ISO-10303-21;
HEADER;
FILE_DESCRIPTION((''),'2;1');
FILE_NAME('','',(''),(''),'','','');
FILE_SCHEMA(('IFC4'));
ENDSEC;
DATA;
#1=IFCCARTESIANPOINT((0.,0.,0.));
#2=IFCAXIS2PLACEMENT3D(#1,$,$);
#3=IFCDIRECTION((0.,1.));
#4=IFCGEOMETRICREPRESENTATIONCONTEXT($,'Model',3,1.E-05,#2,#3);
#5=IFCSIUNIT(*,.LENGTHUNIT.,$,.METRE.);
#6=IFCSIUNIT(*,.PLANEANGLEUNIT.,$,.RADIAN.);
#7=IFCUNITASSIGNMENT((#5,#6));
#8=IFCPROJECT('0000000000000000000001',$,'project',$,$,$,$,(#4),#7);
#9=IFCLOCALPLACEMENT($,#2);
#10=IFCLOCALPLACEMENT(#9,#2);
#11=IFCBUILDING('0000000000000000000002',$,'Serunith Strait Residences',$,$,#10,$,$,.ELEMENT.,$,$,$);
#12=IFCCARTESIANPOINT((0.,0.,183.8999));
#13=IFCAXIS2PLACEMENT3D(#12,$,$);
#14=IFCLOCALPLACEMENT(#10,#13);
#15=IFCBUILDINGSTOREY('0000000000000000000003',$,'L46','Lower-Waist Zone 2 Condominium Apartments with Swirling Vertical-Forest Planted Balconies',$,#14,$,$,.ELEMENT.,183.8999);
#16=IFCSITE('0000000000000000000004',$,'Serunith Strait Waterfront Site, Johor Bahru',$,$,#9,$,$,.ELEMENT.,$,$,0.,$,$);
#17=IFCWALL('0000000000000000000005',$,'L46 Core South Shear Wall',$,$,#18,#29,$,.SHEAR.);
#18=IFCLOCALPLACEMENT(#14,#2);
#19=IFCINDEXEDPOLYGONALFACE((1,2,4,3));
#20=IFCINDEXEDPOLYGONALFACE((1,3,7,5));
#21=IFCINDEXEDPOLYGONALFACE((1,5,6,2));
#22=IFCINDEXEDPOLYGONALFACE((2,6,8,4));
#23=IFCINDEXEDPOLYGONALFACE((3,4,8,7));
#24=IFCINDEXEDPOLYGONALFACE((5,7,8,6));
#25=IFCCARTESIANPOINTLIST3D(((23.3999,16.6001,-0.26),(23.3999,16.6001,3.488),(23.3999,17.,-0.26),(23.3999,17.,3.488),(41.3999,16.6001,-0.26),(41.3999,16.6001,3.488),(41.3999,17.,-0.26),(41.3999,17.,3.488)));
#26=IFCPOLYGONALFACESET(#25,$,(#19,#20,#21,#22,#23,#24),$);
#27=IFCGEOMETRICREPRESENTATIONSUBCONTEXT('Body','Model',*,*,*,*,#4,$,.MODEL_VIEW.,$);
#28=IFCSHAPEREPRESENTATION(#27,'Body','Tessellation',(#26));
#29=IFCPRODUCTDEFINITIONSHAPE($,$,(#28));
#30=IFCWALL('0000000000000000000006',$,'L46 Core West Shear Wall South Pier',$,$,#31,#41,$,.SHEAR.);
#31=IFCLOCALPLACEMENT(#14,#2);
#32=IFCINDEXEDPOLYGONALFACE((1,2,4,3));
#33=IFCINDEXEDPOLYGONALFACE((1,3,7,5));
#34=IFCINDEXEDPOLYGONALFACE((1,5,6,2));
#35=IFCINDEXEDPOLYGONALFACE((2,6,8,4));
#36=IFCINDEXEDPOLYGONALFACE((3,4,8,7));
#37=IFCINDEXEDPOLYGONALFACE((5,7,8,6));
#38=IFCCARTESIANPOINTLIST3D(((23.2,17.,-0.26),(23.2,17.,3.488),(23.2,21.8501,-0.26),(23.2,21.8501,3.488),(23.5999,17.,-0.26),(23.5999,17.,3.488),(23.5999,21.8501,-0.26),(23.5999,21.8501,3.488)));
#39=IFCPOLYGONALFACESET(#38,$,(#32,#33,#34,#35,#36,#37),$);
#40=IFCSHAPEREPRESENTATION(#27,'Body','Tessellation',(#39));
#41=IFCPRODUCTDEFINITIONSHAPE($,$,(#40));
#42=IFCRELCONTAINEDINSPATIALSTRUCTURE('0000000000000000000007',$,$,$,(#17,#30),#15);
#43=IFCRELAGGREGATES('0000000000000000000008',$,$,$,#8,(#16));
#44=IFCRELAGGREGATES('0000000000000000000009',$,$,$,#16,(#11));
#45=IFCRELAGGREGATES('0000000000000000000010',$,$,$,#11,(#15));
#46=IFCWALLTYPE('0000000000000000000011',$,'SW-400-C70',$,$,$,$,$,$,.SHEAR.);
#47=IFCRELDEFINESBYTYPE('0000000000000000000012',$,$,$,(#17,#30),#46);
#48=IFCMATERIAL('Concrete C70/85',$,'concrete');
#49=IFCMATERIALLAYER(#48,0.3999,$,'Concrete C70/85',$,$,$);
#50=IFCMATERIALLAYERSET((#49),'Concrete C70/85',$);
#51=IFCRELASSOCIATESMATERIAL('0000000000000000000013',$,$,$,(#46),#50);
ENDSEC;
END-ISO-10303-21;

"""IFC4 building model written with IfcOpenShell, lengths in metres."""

from ifc_helpers import new_model, si_unit, direction, frame, frame_2d, origin, place, context, subcontext, project, spatial, rectangle, extrude, material, layer, layer_set, type_object, element, save


model = new_model("IFC4")

# Units and contexts
model_context = context("Model", 3, precision=1e-05, world=origin(), true_north=direction((0.0, 1.0)))
body_context = subcontext(model_context, "Body", "Model", "MODEL_VIEW")
ifc_project = project(units=[si_unit("LENGTHUNIT", "METRE"), si_unit("PLANEANGLEUNIT", "RADIAN")], contexts=[model_context])

# Site, building, storey
site_placement = place(None, origin())
site = spatial("IfcSite", under=ifc_project, at=site_placement, Name="Serunith Strait Waterfront Site, Johor Bahru", CompositionType="ELEMENT", RefElevation=0.0)
building_placement = place(site_placement, origin())
building = spatial("IfcBuilding", under=site, at=building_placement, Name="Serunith Strait Residences", CompositionType="ELEMENT")
storey_placement = place(building_placement, frame((0.0, 0.0, 183.8999)))
storey = spatial("IfcBuildingStorey", under=building, at=storey_placement, Name="L46", Description="Lower-Waist Zone 2 Condominium Apartments with Swirling Vertical-Forest Planted Balconies", CompositionType="ELEMENT", Elevation=183.8999)

# Walls
ifc_material_1 = material(Name="Concrete C70/85", Category="concrete")
ifc_layer_1 = layer(ifc_material_1, 0.3999, Name="Concrete C70/85")
ifc_layer_set_1 = layer_set([ifc_layer_1], Name="Concrete C70/85")
wall_type_1 = type_object("IfcWallType", Name="SW-400-C70", PredefinedType="SHEAR", material=ifc_layer_set_1)
wall_1_placement = place(storey_placement, frame((23.3999, 16.8, -0.26), z_axis=(0.0, 0.0, 1.0), x_axis=(1.0, 0.0, 0.0)))
element("IfcWall", 1, at=wall_1_placement, inside=storey, type_object=wall_type_1, Name="L46 Core South Shear Wall", PredefinedType="SHEAR", context=body_context, shape_type="SweptSolid", body=[
    extrude(rectangle(XDim=18.0, YDim=0.3999, at=frame_2d((9.0, 0.0))), origin(), (0.0, 0.0, 1.0), 3.748),
])
wall_2_placement = place(storey_placement, frame((23.3999, 17.0, -0.26), z_axis=(0.0, 0.0, 1.0), x_axis=(0.0, 1.0, 0.0)))
element("IfcWall", 2, at=wall_2_placement, inside=storey, type_object=wall_type_1, Name="L46 Core West Shear Wall South Pier", PredefinedType="SHEAR", context=body_context, shape_type="SweptSolid", body=[
    extrude(rectangle(XDim=4.8501, YDim=0.3999, at=frame_2d((2.425, 0.0))), origin(), (0.0, 0.0, 1.0), 3.748),
])

save(model, "model.ifc")
